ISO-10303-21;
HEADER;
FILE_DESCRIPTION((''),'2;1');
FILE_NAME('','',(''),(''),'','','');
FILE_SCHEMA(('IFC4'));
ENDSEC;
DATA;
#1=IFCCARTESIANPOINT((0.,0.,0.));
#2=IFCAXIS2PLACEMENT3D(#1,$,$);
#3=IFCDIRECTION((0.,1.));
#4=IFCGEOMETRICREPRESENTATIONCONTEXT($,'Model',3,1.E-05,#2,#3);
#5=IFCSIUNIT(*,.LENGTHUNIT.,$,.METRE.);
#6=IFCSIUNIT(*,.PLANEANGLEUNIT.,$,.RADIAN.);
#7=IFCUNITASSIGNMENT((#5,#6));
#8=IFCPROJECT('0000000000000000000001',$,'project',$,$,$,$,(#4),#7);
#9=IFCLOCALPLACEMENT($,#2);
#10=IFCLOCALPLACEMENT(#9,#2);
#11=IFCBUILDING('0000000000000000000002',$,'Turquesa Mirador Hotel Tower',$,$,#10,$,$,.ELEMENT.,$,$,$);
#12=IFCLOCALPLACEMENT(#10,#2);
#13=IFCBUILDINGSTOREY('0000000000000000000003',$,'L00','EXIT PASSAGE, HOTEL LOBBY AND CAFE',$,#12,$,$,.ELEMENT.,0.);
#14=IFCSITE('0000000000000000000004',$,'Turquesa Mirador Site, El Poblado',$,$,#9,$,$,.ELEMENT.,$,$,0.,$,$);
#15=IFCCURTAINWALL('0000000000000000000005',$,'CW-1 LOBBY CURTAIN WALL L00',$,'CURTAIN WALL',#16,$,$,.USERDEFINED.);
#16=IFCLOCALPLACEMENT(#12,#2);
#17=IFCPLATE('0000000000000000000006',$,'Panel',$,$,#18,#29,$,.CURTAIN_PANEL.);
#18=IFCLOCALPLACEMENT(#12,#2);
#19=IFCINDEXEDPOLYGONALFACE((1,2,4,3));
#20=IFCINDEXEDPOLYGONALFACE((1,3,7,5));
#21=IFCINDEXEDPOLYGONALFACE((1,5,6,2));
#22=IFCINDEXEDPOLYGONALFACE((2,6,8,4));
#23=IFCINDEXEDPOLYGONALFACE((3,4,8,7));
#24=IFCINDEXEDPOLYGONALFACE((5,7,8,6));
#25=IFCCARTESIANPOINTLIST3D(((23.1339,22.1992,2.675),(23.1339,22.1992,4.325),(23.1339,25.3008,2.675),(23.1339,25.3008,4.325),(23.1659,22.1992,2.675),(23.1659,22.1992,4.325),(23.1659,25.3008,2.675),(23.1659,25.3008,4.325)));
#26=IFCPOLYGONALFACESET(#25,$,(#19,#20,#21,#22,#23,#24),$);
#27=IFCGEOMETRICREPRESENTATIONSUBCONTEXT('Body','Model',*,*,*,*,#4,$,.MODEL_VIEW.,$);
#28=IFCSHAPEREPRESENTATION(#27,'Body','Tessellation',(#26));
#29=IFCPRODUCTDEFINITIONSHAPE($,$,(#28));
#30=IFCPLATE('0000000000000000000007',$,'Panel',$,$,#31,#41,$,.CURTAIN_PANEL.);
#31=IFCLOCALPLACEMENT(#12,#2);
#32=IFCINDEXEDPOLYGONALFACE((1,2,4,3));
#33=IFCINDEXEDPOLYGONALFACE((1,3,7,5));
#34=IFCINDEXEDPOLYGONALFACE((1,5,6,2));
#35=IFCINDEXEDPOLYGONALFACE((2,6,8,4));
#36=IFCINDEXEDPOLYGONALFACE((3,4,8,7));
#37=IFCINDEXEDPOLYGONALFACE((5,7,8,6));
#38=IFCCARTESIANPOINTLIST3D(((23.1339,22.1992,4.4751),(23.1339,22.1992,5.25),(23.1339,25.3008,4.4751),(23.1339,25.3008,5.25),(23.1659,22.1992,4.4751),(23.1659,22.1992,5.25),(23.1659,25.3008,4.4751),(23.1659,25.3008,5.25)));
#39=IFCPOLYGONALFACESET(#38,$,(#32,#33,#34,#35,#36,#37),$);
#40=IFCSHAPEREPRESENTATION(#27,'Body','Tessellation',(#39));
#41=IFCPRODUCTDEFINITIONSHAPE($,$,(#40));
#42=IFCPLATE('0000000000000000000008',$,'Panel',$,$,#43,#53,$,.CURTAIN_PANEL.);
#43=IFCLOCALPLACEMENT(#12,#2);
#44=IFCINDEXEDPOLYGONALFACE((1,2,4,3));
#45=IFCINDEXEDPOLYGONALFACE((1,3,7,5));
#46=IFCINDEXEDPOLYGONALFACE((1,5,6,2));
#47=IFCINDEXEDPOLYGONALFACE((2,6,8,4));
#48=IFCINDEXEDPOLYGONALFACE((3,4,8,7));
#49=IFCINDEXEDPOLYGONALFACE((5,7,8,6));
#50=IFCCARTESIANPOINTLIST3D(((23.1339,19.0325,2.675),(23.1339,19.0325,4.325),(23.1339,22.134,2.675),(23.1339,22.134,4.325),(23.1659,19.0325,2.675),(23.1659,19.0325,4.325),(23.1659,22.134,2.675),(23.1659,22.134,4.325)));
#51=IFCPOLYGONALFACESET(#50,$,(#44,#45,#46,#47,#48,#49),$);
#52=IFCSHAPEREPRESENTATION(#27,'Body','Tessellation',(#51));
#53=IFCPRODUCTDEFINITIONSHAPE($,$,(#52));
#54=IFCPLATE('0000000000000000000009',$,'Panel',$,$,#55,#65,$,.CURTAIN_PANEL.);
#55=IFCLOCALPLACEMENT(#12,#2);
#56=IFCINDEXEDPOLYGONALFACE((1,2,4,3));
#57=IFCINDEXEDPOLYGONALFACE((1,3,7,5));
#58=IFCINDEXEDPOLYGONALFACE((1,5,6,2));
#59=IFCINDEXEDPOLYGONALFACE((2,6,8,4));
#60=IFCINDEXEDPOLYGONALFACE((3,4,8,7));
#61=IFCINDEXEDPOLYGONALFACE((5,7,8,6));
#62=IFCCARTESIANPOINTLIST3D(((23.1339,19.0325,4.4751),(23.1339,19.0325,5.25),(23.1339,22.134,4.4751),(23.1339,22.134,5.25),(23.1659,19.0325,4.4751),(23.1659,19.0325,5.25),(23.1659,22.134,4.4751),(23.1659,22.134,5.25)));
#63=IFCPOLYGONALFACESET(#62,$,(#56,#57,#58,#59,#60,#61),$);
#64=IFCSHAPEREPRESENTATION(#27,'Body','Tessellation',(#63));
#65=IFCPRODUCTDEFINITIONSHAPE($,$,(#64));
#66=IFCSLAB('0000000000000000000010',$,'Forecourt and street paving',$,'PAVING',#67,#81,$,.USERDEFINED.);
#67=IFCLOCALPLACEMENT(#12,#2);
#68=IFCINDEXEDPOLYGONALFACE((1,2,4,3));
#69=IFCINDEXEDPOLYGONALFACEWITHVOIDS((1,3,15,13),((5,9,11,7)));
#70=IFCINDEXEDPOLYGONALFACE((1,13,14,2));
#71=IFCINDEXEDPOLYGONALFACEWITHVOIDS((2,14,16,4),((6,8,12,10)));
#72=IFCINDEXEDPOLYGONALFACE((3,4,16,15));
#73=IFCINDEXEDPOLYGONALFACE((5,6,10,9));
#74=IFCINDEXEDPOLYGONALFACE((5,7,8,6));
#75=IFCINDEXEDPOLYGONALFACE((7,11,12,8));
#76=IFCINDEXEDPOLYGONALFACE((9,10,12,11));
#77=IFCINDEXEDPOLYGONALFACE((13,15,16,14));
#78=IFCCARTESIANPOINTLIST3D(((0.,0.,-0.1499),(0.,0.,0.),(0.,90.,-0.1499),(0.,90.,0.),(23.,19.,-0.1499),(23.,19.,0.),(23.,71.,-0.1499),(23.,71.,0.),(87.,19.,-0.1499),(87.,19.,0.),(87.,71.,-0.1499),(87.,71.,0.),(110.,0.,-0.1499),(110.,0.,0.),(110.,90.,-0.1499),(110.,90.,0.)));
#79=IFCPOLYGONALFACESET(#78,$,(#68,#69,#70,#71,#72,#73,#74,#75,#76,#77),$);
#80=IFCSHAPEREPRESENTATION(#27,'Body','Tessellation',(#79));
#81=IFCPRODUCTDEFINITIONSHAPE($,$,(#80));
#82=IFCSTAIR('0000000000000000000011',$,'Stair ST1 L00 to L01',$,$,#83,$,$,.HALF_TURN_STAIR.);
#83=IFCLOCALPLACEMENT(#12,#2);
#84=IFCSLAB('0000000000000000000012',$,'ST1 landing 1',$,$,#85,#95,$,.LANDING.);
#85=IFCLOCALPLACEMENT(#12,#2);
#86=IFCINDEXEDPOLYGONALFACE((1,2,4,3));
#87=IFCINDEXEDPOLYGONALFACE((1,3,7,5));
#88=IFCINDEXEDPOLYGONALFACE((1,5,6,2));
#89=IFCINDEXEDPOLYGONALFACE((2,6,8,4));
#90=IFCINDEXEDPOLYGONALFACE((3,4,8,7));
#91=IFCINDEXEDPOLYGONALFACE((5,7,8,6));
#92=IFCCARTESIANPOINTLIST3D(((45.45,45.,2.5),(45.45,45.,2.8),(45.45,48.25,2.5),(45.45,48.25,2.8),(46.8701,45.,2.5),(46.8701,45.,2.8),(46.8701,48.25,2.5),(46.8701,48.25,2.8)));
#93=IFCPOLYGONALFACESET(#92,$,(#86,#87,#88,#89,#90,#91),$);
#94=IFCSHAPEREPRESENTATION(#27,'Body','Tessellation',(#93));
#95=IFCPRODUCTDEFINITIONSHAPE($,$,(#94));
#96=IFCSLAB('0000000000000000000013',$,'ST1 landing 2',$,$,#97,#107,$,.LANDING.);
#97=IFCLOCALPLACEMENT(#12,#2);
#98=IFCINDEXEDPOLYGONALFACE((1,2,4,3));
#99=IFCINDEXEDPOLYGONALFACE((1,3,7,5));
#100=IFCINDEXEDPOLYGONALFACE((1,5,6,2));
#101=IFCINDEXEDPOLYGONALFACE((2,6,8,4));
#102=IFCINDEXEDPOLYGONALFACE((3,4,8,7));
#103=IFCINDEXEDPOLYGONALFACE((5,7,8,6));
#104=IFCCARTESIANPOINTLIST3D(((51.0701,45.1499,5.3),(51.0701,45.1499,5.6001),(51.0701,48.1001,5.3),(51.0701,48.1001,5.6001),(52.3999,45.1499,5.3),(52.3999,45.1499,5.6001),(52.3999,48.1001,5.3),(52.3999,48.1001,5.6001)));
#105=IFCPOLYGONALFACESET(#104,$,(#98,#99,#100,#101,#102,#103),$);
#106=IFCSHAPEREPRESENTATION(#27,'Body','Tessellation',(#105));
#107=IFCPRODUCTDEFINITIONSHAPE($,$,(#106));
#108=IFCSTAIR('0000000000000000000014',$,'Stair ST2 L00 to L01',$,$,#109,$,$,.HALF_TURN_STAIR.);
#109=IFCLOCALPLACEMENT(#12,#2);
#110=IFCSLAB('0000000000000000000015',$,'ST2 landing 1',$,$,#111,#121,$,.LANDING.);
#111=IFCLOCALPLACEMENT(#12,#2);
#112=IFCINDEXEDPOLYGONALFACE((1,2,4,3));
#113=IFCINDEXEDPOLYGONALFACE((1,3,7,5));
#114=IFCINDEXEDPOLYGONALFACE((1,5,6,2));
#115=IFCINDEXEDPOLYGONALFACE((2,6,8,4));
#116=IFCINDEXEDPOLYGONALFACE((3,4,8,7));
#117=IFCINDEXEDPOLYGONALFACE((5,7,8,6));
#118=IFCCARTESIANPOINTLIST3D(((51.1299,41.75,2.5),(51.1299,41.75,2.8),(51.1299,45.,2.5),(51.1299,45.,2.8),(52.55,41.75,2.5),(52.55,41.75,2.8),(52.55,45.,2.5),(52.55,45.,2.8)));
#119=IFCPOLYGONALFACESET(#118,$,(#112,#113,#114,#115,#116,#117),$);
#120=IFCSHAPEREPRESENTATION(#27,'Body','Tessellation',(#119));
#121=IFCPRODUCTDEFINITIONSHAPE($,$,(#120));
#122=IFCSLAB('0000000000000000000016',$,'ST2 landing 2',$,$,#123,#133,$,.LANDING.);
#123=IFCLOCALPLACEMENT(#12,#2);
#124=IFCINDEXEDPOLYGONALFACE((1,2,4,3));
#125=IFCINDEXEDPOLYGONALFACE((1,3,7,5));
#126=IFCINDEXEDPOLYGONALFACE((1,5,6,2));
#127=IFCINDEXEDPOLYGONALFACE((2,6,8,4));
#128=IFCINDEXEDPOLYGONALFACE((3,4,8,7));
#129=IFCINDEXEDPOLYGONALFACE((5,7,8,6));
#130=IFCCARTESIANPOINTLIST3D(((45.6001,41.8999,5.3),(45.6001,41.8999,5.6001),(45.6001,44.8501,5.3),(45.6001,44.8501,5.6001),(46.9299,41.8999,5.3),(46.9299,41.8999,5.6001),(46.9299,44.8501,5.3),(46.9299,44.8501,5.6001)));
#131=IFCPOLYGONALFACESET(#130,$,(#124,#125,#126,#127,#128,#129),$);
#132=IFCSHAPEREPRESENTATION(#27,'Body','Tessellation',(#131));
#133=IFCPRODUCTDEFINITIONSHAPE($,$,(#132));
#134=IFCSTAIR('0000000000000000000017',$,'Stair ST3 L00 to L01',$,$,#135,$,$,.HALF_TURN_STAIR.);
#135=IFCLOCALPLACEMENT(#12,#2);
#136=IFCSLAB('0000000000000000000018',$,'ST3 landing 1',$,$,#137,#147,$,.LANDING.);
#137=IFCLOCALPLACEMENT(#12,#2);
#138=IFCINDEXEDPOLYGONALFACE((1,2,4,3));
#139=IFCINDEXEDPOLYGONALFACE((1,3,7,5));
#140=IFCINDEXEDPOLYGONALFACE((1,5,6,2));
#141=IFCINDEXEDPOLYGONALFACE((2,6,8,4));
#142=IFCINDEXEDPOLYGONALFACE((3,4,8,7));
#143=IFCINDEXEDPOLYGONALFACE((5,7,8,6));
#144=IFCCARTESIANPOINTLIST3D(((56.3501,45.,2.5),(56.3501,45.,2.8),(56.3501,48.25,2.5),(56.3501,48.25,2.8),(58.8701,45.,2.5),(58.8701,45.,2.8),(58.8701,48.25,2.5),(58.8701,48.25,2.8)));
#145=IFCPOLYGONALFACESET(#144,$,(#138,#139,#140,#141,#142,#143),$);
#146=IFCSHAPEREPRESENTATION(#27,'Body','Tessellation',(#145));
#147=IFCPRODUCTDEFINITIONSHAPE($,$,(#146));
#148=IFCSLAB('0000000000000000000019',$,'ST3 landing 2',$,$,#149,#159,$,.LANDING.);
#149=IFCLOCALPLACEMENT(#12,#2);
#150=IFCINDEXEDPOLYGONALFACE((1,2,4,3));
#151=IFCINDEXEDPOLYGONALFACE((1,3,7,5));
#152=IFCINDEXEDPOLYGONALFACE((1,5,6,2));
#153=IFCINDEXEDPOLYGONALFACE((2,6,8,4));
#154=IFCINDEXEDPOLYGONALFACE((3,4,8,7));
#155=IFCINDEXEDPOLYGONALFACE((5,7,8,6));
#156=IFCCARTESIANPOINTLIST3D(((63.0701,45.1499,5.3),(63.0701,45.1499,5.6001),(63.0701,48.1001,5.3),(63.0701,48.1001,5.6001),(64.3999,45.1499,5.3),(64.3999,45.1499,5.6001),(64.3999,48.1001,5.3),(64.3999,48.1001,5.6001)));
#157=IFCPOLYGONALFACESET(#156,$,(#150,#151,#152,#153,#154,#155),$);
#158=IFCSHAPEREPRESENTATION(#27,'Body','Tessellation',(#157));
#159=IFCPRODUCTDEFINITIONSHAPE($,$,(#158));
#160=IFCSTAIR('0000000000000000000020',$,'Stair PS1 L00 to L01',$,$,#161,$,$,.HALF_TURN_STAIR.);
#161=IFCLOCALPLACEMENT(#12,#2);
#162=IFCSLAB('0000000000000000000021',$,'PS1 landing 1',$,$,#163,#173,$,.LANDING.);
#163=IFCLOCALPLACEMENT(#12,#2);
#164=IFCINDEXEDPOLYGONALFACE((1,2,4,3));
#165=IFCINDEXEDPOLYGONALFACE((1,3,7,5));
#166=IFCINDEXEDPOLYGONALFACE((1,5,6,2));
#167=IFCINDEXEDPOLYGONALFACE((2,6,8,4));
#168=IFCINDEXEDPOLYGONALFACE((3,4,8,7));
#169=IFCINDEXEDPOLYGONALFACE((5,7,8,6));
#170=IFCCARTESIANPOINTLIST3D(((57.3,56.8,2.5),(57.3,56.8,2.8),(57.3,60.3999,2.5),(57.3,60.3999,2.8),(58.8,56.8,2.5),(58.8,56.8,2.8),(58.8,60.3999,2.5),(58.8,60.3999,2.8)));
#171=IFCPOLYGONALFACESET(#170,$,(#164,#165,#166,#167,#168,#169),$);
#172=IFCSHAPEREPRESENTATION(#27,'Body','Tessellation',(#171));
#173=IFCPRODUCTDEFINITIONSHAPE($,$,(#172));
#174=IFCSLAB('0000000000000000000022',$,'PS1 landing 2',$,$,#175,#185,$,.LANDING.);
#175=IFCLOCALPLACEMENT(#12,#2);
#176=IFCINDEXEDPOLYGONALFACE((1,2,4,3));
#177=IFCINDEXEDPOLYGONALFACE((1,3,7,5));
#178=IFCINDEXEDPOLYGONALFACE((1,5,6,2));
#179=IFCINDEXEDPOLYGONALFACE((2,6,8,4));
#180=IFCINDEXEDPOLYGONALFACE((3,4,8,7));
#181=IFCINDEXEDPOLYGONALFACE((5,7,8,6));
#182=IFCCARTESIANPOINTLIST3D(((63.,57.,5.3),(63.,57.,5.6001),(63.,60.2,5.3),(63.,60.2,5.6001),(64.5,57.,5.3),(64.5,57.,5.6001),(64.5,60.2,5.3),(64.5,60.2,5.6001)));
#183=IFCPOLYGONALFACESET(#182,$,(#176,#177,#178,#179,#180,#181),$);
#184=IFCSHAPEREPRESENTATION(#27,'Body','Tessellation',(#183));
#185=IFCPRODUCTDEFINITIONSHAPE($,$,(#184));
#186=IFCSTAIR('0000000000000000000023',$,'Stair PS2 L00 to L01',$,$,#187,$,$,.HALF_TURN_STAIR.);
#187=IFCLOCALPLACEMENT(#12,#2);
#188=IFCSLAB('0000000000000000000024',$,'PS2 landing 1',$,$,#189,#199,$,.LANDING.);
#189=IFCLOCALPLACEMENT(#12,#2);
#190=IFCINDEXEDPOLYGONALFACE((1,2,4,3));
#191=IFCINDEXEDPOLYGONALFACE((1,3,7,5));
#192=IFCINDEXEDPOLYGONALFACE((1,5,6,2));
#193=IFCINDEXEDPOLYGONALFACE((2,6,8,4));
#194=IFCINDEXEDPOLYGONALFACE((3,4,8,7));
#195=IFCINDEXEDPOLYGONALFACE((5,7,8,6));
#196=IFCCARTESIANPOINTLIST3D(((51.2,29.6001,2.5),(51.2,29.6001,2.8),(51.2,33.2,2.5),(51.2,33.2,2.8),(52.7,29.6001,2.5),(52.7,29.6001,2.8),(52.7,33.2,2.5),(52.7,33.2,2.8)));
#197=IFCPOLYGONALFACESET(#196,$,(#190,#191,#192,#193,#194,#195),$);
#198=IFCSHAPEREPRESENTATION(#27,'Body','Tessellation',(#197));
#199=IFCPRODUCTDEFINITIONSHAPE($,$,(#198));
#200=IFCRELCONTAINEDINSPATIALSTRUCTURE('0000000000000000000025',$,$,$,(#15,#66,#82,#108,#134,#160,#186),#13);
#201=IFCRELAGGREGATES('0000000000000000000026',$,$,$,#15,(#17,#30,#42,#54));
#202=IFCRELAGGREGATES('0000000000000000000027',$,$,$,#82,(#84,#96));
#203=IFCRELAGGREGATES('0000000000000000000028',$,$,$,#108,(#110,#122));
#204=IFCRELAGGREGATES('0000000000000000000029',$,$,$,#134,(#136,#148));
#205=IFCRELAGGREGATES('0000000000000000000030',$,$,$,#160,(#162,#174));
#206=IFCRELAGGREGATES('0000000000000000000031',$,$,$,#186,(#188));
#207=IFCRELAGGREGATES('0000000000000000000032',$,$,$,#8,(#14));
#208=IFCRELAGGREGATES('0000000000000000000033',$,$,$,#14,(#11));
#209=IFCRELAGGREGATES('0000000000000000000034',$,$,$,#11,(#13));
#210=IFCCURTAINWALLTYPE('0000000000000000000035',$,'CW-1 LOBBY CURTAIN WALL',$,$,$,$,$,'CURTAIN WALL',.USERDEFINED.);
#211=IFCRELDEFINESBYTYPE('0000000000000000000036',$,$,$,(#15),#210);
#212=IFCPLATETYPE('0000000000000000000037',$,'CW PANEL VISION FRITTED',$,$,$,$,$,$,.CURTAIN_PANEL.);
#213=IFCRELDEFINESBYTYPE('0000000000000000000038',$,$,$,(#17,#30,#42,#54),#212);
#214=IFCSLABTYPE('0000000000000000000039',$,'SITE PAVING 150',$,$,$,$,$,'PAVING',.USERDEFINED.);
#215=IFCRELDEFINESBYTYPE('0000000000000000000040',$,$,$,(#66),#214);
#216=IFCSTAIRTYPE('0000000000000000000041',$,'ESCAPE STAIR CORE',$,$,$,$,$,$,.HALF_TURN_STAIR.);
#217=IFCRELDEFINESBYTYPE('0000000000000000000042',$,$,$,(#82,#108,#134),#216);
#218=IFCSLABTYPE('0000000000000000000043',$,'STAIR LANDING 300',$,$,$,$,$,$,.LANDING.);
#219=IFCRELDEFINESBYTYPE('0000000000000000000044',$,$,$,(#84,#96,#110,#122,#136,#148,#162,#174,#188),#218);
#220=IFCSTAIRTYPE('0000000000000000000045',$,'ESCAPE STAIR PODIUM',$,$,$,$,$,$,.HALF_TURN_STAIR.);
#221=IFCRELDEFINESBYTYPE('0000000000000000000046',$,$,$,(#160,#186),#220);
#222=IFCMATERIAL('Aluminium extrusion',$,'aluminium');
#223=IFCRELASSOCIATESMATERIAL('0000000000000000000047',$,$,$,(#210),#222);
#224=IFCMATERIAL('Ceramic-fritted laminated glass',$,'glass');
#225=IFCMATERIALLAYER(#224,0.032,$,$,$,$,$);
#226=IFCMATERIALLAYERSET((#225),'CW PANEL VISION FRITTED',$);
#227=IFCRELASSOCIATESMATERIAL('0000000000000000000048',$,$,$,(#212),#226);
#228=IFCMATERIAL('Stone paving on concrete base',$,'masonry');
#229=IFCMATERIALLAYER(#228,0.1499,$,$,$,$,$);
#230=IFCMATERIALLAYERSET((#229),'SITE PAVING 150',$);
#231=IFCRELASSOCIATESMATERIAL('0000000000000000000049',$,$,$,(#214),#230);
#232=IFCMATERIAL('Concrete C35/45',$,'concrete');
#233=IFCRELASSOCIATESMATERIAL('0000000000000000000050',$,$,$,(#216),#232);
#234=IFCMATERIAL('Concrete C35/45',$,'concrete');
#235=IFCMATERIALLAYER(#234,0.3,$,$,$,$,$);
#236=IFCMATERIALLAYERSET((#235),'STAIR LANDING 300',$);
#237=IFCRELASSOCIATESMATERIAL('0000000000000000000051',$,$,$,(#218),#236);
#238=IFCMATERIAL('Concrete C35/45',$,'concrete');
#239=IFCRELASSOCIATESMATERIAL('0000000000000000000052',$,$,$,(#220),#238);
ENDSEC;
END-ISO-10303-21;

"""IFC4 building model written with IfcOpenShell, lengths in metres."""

from ifc_helpers import new_model, si_unit, direction, frame, origin, origin_2d, place, context, subcontext, project, spatial, polyline, rectangle, outline, extrude, material, layer, layer_set, type_object, element, aggregate, save


model = new_model("IFC4")

# Units and contexts
model_context = context("Model", 3, precision=1e-05, world=origin(), true_north=direction((0.0, 1.0)))
body_context = subcontext(model_context, "Body", "Model", "MODEL_VIEW")
ifc_project = project(units=[si_unit("LENGTHUNIT", "METRE"), si_unit("PLANEANGLEUNIT", "RADIAN")], contexts=[model_context])

# Site, building, storey
site_placement = place(None, origin())
site = spatial("IfcSite", under=ifc_project, at=site_placement, Name="Turquesa Mirador Site, El Poblado", CompositionType="ELEMENT", RefElevation=0.0)
building_placement = place(site_placement, origin())
building = spatial("IfcBuilding", under=site, at=building_placement, Name="Turquesa Mirador Hotel Tower", CompositionType="ELEMENT")
storey_placement = place(building_placement, origin())
storey = spatial("IfcBuildingStorey", under=building, at=storey_placement, Name="L00", Description="EXIT PASSAGE, HOTEL LOBBY AND CAFE", CompositionType="ELEMENT", Elevation=0.0)

# Curtain wall
ifc_material_1 = material(Name="Aluminium extrusion", Category="aluminium")
curtain_wall_type = type_object("IfcCurtainWallType", Name="CW-1 LOBBY CURTAIN WALL", ElementType="CURTAIN WALL", PredefinedType="USERDEFINED", material=ifc_material_1)
curtain_wall_1_placement = place(storey_placement, origin())
curtain_wall_1 = element("IfcCurtainWall", 1, at=curtain_wall_1_placement, inside=storey, type_object=curtain_wall_type, Name="CW-1 LOBBY CURTAIN WALL L00", ObjectType="CURTAIN WALL", PredefinedType="USERDEFINED")

# Plates
ifc_material_2 = material(Name="Ceramic-fritted laminated glass", Category="glass")
ifc_layer_1 = layer(ifc_material_2, 0.032)
ifc_layer_set_1 = layer_set([ifc_layer_1], Name="CW PANEL VISION FRITTED")
plate_type_1 = type_object("IfcPlateType", Name="CW PANEL VISION FRITTED", PredefinedType="CURTAIN_PANEL", material=ifc_layer_set_1)
plate_1_placement = place(storey_placement, frame((23.1499, 23.75, 2.675), z_axis=(0.0, 0.0, 1.0), x_axis=(0.0, -1.0, 0.0)))
plate_1 = element("IfcPlate", 2, at=plate_1_placement, type_object=plate_type_1, Name="Panel", PredefinedType="CURTAIN_PANEL", context=body_context, shape_type="SweptSolid", body=[
    extrude(rectangle(XDim=3.1016, YDim=0.032, at=origin_2d()), origin(), (0.0, 0.0, 1.0), 1.6499),
])
plate_2_placement = place(storey_placement, frame((23.1499, 23.75, 4.4751), z_axis=(0.0, 0.0, 1.0), x_axis=(0.0, -1.0, 0.0)))
plate_2 = element("IfcPlate", 3, at=plate_2_placement, type_object=plate_type_1, Name="Panel", PredefinedType="CURTAIN_PANEL", context=body_context, shape_type="SweptSolid", body=[
    extrude(rectangle(XDim=3.1016, YDim=0.032, at=origin_2d()), origin(), (0.0, 0.0, 1.0), 0.7749),
])
plate_3_placement = place(storey_placement, frame((23.1499, 20.5833, 2.675), z_axis=(0.0, 0.0, 1.0), x_axis=(0.0, -1.0, 0.0)))
plate_3 = element("IfcPlate", 4, at=plate_3_placement, type_object=plate_type_1, Name="Panel", PredefinedType="CURTAIN_PANEL", context=body_context, shape_type="SweptSolid", body=[
    extrude(rectangle(XDim=3.1016, YDim=0.032, at=origin_2d()), origin(), (0.0, 0.0, 1.0), 1.6499),
])
plate_4_placement = place(storey_placement, frame((23.1499, 20.5833, 4.4751), z_axis=(0.0, 0.0, 1.0), x_axis=(0.0, -1.0, 0.0)))
plate_4 = element("IfcPlate", 5, at=plate_4_placement, type_object=plate_type_1, Name="Panel", PredefinedType="CURTAIN_PANEL", context=body_context, shape_type="SweptSolid", body=[
    extrude(rectangle(XDim=3.1016, YDim=0.032, at=origin_2d()), origin(), (0.0, 0.0, 1.0), 0.7749),
])
aggregate(curtain_wall_1, [plate_1, plate_2, plate_3, plate_4])

# Slab
ifc_material_3 = material(Name="Stone paving on concrete base", Category="masonry")
ifc_layer_2 = layer(ifc_material_3, 0.1499)
ifc_layer_set_2 = layer_set([ifc_layer_2], Name="SITE PAVING 150")
slab_type_1 = type_object("IfcSlabType", Name="SITE PAVING 150", ElementType="PAVING", PredefinedType="USERDEFINED", material=ifc_layer_set_2)
slab_1_placement = place(storey_placement, frame((0.0, 0.0, -0.1499)))
element("IfcSlab", 6, at=slab_1_placement, inside=storey, type_object=slab_type_1, Name="Forecourt and street paving", ObjectType="PAVING", PredefinedType="USERDEFINED", context=body_context, shape_type="SweptSolid", body=[
    extrude(outline(polyline([(110.0, 0.0), (110.0, 90.0), (0.0, 90.0), (0.0, 0.0), (110.0, 0.0)]), holes=[polyline([(87.0, 19.0), (87.0, 71.0), (23.0, 71.0), (23.0, 19.0), (87.0, 19.0)])]), origin(), (0.0, 0.0, 1.0), 0.1499),
])

# Stairs, slabs
ifc_material_4 = material(Name="Concrete C35/45", Category="concrete")
stair_type_1 = type_object("IfcStairType", Name="ESCAPE STAIR CORE", PredefinedType="HALF_TURN_STAIR", material=ifc_material_4)
stair_1_placement = place(storey_placement, origin())
stair_1 = element("IfcStair", 7, at=stair_1_placement, inside=storey, type_object=stair_type_1, Name="Stair ST1 L00 to L01", PredefinedType="HALF_TURN_STAIR")
ifc_material_5 = material(Name="Concrete C35/45", Category="concrete")
ifc_layer_3 = layer(ifc_material_5, 0.3)
ifc_layer_set_3 = layer_set([ifc_layer_3], Name="STAIR LANDING 300")
slab_type_2 = type_object("IfcSlabType", Name="STAIR LANDING 300", PredefinedType="LANDING", material=ifc_layer_set_3)
slab_2_placement = place(storey_placement, frame((0.0, 0.0, 2.5)))
slab_2 = element("IfcSlab", 8, at=slab_2_placement, type_object=slab_type_2, Name="ST1 landing 1", PredefinedType="LANDING", context=body_context, shape_type="SweptSolid", body=[
    extrude(outline(polyline([(45.45, 45.0), (46.8701, 45.0), (46.8701, 48.25), (45.45, 48.25), (45.45, 45.0)])), origin(), (0.0, 0.0, 1.0), 0.3),
])
slab_3_placement = place(storey_placement, frame((0.0, 0.0, 5.3)))
slab_3 = element("IfcSlab", 9, at=slab_3_placement, type_object=slab_type_2, Name="ST1 landing 2", PredefinedType="LANDING", context=body_context, shape_type="SweptSolid", body=[
    extrude(outline(polyline([(51.0701, 45.1499), (52.3999, 45.1499), (52.3999, 48.1001), (51.0701, 48.1001), (51.0701, 45.1499)])), origin(), (0.0, 0.0, 1.0), 0.3),
])
aggregate(stair_1, [slab_2, slab_3])
stair_2_placement = place(storey_placement, origin())
stair_2 = element("IfcStair", 10, at=stair_2_placement, inside=storey, type_object=stair_type_1, Name="Stair ST2 L00 to L01", PredefinedType="HALF_TURN_STAIR")
slab_4_placement = place(storey_placement, frame((0.0, 0.0, 2.5)))
slab_4 = element("IfcSlab", 11, at=slab_4_placement, type_object=slab_type_2, Name="ST2 landing 1", PredefinedType="LANDING", context=body_context, shape_type="SweptSolid", body=[
    extrude(outline(polyline([(52.55, 45.0), (51.1299, 45.0), (51.1299, 41.75), (52.55, 41.75), (52.55, 45.0)])), origin(), (0.0, 0.0, 1.0), 0.3),
])
slab_5_placement = place(storey_placement, frame((0.0, 0.0, 5.3)))
slab_5 = element("IfcSlab", 12, at=slab_5_placement, type_object=slab_type_2, Name="ST2 landing 2", PredefinedType="LANDING", context=body_context, shape_type="SweptSolid", body=[
    extrude(outline(polyline([(46.9299, 44.8501), (45.6001, 44.8501), (45.6001, 41.8999), (46.9299, 41.8999), (46.9299, 44.8501)])), origin(), (0.0, 0.0, 1.0), 0.3),
])
aggregate(stair_2, [slab_4, slab_5])
stair_3_placement = place(storey_placement, origin())
stair_3 = element("IfcStair", 13, at=stair_3_placement, inside=storey, type_object=stair_type_1, Name="Stair ST3 L00 to L01", PredefinedType="HALF_TURN_STAIR")
slab_6_placement = place(storey_placement, frame((0.0, 0.0, 2.5)))
slab_6 = element("IfcSlab", 14, at=slab_6_placement, type_object=slab_type_2, Name="ST3 landing 1", PredefinedType="LANDING", context=body_context, shape_type="SweptSolid", body=[
    extrude(outline(polyline([(56.3501, 45.0), (58.8701, 45.0), (58.8701, 48.25), (56.3501, 48.25), (56.3501, 45.0)])), origin(), (0.0, 0.0, 1.0), 0.3),
])
slab_7_placement = place(storey_placement, frame((0.0, 0.0, 5.3)))
slab_7 = element("IfcSlab", 15, at=slab_7_placement, type_object=slab_type_2, Name="ST3 landing 2", PredefinedType="LANDING", context=body_context, shape_type="SweptSolid", body=[
    extrude(outline(polyline([(63.0701, 45.1499), (64.3999, 45.1499), (64.3999, 48.1001), (63.0701, 48.1001), (63.0701, 45.1499)])), origin(), (0.0, 0.0, 1.0), 0.3),
])
aggregate(stair_3, [slab_6, slab_7])
ifc_material_6 = material(Name="Concrete C35/45", Category="concrete")
stair_type_2 = type_object("IfcStairType", Name="ESCAPE STAIR PODIUM", PredefinedType="HALF_TURN_STAIR", material=ifc_material_6)
stair_4_placement = place(storey_placement, origin())
stair_4 = element("IfcStair", 16, at=stair_4_placement, inside=storey, type_object=stair_type_2, Name="Stair PS1 L00 to L01", PredefinedType="HALF_TURN_STAIR")
slab_8_placement = place(storey_placement, frame((0.0, 0.0, 2.5)))
slab_8 = element("IfcSlab", 17, at=slab_8_placement, type_object=slab_type_2, Name="PS1 landing 1", PredefinedType="LANDING", context=body_context, shape_type="SweptSolid", body=[
    extrude(outline(polyline([(57.3, 56.8), (58.8, 56.8), (58.8, 60.3999), (57.3, 60.3999), (57.3, 56.8)])), origin(), (0.0, 0.0, 1.0), 0.3),
])
slab_9_placement = place(storey_placement, frame((0.0, 0.0, 5.3)))
slab_9 = element("IfcSlab", 18, at=slab_9_placement, type_object=slab_type_2, Name="PS1 landing 2", PredefinedType="LANDING", context=body_context, shape_type="SweptSolid", body=[
    extrude(outline(polyline([(63.0, 57.0), (64.5, 57.0), (64.5, 60.2), (63.0, 60.2), (63.0, 57.0)])), origin(), (0.0, 0.0, 1.0), 0.3),
])
aggregate(stair_4, [slab_8, slab_9])
stair_5_placement = place(storey_placement, origin())
stair_5 = element("IfcStair", 19, at=stair_5_placement, inside=storey, type_object=stair_type_2, Name="Stair PS2 L00 to L01", PredefinedType="HALF_TURN_STAIR")
slab_10_placement = place(storey_placement, frame((0.0, 0.0, 2.5)))
slab_10 = element("IfcSlab", 20, at=slab_10_placement, type_object=slab_type_2, Name="PS2 landing 1", PredefinedType="LANDING", context=body_context, shape_type="SweptSolid", body=[
    extrude(outline(polyline([(52.7, 33.2), (51.2, 33.2), (51.2, 29.6001), (52.7, 29.6001), (52.7, 33.2)])), origin(), (0.0, 0.0, 1.0), 0.3),
])
aggregate(stair_5, [slab_10])

save(model, "model.ifc")
